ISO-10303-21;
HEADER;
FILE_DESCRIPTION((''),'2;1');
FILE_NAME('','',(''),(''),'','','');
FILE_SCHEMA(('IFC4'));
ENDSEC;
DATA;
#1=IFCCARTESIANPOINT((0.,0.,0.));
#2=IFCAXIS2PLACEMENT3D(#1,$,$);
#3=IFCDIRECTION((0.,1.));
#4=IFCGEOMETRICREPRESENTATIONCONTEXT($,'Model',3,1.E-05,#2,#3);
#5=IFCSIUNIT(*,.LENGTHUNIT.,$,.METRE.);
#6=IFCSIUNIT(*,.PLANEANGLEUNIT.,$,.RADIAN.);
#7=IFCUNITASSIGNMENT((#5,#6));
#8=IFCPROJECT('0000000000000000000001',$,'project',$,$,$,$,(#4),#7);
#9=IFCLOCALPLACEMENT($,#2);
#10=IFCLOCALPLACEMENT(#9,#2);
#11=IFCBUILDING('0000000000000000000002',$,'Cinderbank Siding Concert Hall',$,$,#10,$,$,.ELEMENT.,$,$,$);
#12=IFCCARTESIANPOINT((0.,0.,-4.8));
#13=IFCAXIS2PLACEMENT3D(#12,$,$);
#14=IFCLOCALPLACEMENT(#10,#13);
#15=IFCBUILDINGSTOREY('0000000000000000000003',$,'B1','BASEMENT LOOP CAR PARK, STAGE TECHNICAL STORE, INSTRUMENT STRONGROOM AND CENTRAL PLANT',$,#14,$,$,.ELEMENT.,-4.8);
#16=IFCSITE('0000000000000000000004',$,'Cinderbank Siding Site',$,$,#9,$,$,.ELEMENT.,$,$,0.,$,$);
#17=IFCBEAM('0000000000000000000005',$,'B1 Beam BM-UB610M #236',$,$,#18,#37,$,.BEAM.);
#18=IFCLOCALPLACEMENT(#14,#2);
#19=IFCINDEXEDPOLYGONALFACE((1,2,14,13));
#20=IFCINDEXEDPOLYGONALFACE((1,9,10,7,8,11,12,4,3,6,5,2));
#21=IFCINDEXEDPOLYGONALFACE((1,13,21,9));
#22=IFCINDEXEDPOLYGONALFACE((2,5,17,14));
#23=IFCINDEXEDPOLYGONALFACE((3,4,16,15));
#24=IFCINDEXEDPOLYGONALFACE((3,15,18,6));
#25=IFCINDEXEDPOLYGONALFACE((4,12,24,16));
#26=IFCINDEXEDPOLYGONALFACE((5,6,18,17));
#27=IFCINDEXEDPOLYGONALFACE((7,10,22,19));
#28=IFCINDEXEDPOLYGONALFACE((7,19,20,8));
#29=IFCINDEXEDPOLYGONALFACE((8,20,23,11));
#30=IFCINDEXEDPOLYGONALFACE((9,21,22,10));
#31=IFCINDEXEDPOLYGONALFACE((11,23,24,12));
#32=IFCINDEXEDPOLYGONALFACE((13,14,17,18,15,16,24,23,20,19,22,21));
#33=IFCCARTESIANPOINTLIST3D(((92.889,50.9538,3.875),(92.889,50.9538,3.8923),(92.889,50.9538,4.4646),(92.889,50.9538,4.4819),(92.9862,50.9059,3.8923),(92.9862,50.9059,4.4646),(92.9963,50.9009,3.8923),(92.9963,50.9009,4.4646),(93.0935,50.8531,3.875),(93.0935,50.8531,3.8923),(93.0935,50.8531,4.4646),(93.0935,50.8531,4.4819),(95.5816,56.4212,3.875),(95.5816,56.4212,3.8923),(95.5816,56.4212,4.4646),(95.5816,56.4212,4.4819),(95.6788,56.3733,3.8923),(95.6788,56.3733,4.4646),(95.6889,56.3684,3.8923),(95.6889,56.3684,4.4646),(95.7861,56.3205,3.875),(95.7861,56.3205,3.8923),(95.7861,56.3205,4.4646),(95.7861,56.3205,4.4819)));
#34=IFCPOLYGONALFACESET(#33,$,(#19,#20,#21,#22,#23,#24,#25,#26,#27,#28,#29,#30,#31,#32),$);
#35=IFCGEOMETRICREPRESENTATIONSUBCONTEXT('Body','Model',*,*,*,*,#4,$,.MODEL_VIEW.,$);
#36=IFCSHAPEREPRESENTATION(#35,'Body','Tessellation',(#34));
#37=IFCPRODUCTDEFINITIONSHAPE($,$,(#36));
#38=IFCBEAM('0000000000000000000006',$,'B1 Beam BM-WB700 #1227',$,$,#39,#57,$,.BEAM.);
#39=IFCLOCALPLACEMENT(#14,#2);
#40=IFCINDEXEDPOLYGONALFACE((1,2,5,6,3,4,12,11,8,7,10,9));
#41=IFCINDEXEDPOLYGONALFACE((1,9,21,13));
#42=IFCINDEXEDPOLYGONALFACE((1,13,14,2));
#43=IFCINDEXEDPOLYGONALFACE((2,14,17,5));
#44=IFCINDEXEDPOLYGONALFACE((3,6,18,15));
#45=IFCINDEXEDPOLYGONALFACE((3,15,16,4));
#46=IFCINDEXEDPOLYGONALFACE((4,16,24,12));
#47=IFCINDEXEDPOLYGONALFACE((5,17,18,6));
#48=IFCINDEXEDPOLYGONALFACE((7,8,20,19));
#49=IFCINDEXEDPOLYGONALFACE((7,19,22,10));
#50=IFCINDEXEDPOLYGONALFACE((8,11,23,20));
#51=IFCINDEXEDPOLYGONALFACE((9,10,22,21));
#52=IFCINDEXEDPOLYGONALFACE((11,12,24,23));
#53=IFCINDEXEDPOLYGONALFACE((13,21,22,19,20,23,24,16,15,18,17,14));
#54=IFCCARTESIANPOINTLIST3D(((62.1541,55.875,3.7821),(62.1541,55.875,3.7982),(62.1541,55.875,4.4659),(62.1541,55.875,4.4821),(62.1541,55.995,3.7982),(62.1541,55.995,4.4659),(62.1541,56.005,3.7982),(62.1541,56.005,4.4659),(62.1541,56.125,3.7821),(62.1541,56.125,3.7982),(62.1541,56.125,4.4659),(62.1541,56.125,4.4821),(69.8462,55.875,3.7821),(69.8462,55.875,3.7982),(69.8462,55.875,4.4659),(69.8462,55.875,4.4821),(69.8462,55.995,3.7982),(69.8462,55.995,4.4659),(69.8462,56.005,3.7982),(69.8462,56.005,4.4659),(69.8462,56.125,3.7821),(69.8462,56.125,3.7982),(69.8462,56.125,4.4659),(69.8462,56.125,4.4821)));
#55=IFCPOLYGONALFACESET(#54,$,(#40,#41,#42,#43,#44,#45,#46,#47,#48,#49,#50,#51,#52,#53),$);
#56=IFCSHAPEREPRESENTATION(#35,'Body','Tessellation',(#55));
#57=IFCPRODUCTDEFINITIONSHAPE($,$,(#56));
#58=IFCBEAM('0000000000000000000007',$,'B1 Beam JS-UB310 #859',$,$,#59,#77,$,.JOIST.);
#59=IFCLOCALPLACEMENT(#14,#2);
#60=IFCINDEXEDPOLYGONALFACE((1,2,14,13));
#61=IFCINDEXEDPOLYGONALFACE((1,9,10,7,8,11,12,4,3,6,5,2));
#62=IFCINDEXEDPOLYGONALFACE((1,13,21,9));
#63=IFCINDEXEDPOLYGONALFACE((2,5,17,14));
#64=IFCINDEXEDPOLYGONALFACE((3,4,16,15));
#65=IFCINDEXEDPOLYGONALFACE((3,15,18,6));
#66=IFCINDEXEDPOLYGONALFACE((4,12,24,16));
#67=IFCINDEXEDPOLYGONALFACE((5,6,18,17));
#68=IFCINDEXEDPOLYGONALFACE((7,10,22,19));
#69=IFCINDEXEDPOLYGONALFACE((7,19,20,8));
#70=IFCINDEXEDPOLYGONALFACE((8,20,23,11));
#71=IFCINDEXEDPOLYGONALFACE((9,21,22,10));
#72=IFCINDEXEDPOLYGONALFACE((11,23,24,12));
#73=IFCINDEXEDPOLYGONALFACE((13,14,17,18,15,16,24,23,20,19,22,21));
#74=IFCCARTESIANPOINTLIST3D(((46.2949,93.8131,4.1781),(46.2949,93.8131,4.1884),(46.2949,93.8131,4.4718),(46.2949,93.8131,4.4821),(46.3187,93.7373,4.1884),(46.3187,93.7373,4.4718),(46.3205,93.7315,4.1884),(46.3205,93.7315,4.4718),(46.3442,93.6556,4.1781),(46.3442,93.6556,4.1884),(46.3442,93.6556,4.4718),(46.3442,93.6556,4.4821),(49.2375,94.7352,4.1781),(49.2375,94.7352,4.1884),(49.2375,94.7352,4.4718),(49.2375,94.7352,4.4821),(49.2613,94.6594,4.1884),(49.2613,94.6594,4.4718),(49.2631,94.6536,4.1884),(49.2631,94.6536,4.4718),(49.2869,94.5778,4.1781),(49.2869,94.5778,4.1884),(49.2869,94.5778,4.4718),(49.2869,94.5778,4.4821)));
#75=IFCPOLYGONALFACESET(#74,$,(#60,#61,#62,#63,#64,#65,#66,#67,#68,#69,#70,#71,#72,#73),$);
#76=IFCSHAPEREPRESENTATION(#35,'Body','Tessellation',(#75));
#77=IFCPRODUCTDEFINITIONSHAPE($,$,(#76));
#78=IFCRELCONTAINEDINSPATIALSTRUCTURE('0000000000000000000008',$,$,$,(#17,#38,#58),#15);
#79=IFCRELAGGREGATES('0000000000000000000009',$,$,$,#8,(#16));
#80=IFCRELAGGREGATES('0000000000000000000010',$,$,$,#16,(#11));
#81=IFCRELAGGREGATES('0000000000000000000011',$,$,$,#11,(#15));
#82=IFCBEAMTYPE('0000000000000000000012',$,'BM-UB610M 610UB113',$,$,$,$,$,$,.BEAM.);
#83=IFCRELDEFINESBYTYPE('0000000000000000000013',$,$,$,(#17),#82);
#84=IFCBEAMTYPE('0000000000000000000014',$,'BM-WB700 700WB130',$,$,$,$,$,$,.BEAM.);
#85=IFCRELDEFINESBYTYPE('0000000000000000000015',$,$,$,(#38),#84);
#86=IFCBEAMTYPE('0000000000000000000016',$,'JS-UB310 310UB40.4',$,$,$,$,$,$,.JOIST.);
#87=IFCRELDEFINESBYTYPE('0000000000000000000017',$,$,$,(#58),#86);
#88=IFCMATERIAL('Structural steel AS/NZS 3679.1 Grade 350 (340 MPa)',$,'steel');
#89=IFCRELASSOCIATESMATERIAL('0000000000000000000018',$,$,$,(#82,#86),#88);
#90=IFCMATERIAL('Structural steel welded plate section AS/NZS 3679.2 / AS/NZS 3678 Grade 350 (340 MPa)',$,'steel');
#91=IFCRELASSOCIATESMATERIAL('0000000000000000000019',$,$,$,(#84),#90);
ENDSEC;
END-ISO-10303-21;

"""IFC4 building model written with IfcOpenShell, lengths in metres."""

from ifc_helpers import new_model, si_unit, direction, frame, origin, origin_2d, place, context, subcontext, project, spatial, i_section, extrude, material, material_profile, profile_set, type_object, element, save


model = new_model("IFC4")

# Units and contexts
model_context = context("Model", 3, precision=1e-05, world=origin(), true_north=direction((0.0, 1.0)))
body_context = subcontext(model_context, "Body", "Model", "MODEL_VIEW")
ifc_project = project(units=[si_unit("LENGTHUNIT", "METRE"), si_unit("PLANEANGLEUNIT", "RADIAN")], contexts=[model_context])

# Site, building, storey
site_placement = place(None, origin())
site = spatial("IfcSite", under=ifc_project, at=site_placement, Name="Cinderbank Siding Site", CompositionType="ELEMENT", RefElevation=0.0)
building_placement = place(site_placement, origin())
building = spatial("IfcBuilding", under=site, at=building_placement, Name="Cinderbank Siding Concert Hall", CompositionType="ELEMENT")
storey_placement = place(building_placement, frame((0.0, 0.0, -4.8)))
storey = spatial("IfcBuildingStorey", under=building, at=storey_placement, Name="B1", Description="BASEMENT LOOP CAR PARK, STAGE TECHNICAL STORE, INSTRUMENT STRONGROOM AND CENTRAL PLANT", CompositionType="ELEMENT", Elevation=-4.8)

# Beams
ifc_material_1 = material(Name="Structural steel AS/NZS 3679.1 Grade 350 (340 MPa)", Category="steel")
ifc_material_profile_1 = material_profile(ifc_material_1, i_section(OverallWidth=0.228, OverallDepth=0.6069, WebThickness=0.0112, FlangeThickness=0.0173, at=origin_2d()), Name="610UB113", Category="LoadBearing")
ifc_profile_set_1 = profile_set([ifc_material_profile_1], Name="Structural steel AS/NZS 3679.1 Grade 350 (340 MPa)")
beam_type_1 = type_object("IfcBeamType", Name="BM-UB610M 610UB113", PredefinedType="BEAM", material=ifc_profile_set_1)
beam_1_placement = place(storey_placement, frame((95.6838, 56.3708, 4.1785), z_axis=(-0.441806, -0.897111, 0.0), x_axis=(0.897111, -0.441806, 0.0)))
element("IfcBeam", 1, at=beam_1_placement, inside=storey, type_object=beam_type_1, Name="B1 Beam BM-UB610M #236", PredefinedType="BEAM", context=body_context, shape_type="SweptSolid", body=[
    extrude(i_section(OverallWidth=0.228, OverallDepth=0.6069, WebThickness=0.0112, FlangeThickness=0.0173, at=origin_2d()), origin(), (0.0, 0.0, 1.0), 6.0945),
])
ifc_material_2 = material(Name="Structural steel welded plate section AS/NZS 3679.2 / AS/NZS 3678 Grade 350 (340 MPa)", Category="steel")
ifc_material_profile_2 = material_profile(ifc_material_2, i_section(OverallWidth=0.25, OverallDepth=0.7, WebThickness=0.01, FlangeThickness=0.0161, at=origin_2d()), Name="700WB130", Category="LoadBearing")
ifc_profile_set_2 = profile_set([ifc_material_profile_2], Name="Structural steel welded plate section AS/NZS 3679.2 / AS/NZS 3678 Grade 350 (340 MPa)")
beam_type_2 = type_object("IfcBeamType", Name="BM-WB700 700WB130", PredefinedType="BEAM", material=ifc_profile_set_2)
beam_2_placement = place(storey_placement, frame((62.1541, 56.0, 4.1321), z_axis=(1.0, 0.0, 0.0), x_axis=(0.0, 1.0, 0.0)))
element("IfcBeam", 2, at=beam_2_placement, inside=storey, type_object=beam_type_2, Name="B1 Beam BM-WB700 #1227", PredefinedType="BEAM", context=body_context, shape_type="SweptSolid", body=[
    extrude(i_section(OverallWidth=0.25, OverallDepth=0.7, WebThickness=0.01, FlangeThickness=0.0161, at=origin_2d()), origin(), (0.0, 0.0, 1.0), 7.6921),
])
ifc_material_profile_3 = material_profile(ifc_material_1, i_section(OverallWidth=0.165, OverallDepth=0.304, WebThickness=0.0061, FlangeThickness=0.0103, at=origin_2d()), Name="310UB40.4", Category="LoadBearing")
ifc_profile_set_3 = profile_set([ifc_material_profile_3], Name="Structural steel AS/NZS 3679.1 Grade 350 (340 MPa)")
beam_type_3 = type_object("IfcBeamType", Name="JS-UB310 310UB40.4", PredefinedType="JOIST", material=ifc_profile_set_3)
beam_3_placement = place(storey_placement, frame((49.2622, 94.6565, 4.3301), z_axis=(-0.954244, -0.299028, 0.0), x_axis=(0.299028, -0.954244, 0.0)))
element("IfcBeam", 3, at=beam_3_placement, inside=storey, type_object=beam_type_3, Name="B1 Beam JS-UB310 #859", PredefinedType="JOIST", context=body_context, shape_type="SweptSolid", body=[
    extrude(i_section(OverallWidth=0.165, OverallDepth=0.304, WebThickness=0.0061, FlangeThickness=0.0103, at=origin_2d()), origin(), (0.0, 0.0, 1.0), 3.0837),
])

save(model, "model.ifc")
